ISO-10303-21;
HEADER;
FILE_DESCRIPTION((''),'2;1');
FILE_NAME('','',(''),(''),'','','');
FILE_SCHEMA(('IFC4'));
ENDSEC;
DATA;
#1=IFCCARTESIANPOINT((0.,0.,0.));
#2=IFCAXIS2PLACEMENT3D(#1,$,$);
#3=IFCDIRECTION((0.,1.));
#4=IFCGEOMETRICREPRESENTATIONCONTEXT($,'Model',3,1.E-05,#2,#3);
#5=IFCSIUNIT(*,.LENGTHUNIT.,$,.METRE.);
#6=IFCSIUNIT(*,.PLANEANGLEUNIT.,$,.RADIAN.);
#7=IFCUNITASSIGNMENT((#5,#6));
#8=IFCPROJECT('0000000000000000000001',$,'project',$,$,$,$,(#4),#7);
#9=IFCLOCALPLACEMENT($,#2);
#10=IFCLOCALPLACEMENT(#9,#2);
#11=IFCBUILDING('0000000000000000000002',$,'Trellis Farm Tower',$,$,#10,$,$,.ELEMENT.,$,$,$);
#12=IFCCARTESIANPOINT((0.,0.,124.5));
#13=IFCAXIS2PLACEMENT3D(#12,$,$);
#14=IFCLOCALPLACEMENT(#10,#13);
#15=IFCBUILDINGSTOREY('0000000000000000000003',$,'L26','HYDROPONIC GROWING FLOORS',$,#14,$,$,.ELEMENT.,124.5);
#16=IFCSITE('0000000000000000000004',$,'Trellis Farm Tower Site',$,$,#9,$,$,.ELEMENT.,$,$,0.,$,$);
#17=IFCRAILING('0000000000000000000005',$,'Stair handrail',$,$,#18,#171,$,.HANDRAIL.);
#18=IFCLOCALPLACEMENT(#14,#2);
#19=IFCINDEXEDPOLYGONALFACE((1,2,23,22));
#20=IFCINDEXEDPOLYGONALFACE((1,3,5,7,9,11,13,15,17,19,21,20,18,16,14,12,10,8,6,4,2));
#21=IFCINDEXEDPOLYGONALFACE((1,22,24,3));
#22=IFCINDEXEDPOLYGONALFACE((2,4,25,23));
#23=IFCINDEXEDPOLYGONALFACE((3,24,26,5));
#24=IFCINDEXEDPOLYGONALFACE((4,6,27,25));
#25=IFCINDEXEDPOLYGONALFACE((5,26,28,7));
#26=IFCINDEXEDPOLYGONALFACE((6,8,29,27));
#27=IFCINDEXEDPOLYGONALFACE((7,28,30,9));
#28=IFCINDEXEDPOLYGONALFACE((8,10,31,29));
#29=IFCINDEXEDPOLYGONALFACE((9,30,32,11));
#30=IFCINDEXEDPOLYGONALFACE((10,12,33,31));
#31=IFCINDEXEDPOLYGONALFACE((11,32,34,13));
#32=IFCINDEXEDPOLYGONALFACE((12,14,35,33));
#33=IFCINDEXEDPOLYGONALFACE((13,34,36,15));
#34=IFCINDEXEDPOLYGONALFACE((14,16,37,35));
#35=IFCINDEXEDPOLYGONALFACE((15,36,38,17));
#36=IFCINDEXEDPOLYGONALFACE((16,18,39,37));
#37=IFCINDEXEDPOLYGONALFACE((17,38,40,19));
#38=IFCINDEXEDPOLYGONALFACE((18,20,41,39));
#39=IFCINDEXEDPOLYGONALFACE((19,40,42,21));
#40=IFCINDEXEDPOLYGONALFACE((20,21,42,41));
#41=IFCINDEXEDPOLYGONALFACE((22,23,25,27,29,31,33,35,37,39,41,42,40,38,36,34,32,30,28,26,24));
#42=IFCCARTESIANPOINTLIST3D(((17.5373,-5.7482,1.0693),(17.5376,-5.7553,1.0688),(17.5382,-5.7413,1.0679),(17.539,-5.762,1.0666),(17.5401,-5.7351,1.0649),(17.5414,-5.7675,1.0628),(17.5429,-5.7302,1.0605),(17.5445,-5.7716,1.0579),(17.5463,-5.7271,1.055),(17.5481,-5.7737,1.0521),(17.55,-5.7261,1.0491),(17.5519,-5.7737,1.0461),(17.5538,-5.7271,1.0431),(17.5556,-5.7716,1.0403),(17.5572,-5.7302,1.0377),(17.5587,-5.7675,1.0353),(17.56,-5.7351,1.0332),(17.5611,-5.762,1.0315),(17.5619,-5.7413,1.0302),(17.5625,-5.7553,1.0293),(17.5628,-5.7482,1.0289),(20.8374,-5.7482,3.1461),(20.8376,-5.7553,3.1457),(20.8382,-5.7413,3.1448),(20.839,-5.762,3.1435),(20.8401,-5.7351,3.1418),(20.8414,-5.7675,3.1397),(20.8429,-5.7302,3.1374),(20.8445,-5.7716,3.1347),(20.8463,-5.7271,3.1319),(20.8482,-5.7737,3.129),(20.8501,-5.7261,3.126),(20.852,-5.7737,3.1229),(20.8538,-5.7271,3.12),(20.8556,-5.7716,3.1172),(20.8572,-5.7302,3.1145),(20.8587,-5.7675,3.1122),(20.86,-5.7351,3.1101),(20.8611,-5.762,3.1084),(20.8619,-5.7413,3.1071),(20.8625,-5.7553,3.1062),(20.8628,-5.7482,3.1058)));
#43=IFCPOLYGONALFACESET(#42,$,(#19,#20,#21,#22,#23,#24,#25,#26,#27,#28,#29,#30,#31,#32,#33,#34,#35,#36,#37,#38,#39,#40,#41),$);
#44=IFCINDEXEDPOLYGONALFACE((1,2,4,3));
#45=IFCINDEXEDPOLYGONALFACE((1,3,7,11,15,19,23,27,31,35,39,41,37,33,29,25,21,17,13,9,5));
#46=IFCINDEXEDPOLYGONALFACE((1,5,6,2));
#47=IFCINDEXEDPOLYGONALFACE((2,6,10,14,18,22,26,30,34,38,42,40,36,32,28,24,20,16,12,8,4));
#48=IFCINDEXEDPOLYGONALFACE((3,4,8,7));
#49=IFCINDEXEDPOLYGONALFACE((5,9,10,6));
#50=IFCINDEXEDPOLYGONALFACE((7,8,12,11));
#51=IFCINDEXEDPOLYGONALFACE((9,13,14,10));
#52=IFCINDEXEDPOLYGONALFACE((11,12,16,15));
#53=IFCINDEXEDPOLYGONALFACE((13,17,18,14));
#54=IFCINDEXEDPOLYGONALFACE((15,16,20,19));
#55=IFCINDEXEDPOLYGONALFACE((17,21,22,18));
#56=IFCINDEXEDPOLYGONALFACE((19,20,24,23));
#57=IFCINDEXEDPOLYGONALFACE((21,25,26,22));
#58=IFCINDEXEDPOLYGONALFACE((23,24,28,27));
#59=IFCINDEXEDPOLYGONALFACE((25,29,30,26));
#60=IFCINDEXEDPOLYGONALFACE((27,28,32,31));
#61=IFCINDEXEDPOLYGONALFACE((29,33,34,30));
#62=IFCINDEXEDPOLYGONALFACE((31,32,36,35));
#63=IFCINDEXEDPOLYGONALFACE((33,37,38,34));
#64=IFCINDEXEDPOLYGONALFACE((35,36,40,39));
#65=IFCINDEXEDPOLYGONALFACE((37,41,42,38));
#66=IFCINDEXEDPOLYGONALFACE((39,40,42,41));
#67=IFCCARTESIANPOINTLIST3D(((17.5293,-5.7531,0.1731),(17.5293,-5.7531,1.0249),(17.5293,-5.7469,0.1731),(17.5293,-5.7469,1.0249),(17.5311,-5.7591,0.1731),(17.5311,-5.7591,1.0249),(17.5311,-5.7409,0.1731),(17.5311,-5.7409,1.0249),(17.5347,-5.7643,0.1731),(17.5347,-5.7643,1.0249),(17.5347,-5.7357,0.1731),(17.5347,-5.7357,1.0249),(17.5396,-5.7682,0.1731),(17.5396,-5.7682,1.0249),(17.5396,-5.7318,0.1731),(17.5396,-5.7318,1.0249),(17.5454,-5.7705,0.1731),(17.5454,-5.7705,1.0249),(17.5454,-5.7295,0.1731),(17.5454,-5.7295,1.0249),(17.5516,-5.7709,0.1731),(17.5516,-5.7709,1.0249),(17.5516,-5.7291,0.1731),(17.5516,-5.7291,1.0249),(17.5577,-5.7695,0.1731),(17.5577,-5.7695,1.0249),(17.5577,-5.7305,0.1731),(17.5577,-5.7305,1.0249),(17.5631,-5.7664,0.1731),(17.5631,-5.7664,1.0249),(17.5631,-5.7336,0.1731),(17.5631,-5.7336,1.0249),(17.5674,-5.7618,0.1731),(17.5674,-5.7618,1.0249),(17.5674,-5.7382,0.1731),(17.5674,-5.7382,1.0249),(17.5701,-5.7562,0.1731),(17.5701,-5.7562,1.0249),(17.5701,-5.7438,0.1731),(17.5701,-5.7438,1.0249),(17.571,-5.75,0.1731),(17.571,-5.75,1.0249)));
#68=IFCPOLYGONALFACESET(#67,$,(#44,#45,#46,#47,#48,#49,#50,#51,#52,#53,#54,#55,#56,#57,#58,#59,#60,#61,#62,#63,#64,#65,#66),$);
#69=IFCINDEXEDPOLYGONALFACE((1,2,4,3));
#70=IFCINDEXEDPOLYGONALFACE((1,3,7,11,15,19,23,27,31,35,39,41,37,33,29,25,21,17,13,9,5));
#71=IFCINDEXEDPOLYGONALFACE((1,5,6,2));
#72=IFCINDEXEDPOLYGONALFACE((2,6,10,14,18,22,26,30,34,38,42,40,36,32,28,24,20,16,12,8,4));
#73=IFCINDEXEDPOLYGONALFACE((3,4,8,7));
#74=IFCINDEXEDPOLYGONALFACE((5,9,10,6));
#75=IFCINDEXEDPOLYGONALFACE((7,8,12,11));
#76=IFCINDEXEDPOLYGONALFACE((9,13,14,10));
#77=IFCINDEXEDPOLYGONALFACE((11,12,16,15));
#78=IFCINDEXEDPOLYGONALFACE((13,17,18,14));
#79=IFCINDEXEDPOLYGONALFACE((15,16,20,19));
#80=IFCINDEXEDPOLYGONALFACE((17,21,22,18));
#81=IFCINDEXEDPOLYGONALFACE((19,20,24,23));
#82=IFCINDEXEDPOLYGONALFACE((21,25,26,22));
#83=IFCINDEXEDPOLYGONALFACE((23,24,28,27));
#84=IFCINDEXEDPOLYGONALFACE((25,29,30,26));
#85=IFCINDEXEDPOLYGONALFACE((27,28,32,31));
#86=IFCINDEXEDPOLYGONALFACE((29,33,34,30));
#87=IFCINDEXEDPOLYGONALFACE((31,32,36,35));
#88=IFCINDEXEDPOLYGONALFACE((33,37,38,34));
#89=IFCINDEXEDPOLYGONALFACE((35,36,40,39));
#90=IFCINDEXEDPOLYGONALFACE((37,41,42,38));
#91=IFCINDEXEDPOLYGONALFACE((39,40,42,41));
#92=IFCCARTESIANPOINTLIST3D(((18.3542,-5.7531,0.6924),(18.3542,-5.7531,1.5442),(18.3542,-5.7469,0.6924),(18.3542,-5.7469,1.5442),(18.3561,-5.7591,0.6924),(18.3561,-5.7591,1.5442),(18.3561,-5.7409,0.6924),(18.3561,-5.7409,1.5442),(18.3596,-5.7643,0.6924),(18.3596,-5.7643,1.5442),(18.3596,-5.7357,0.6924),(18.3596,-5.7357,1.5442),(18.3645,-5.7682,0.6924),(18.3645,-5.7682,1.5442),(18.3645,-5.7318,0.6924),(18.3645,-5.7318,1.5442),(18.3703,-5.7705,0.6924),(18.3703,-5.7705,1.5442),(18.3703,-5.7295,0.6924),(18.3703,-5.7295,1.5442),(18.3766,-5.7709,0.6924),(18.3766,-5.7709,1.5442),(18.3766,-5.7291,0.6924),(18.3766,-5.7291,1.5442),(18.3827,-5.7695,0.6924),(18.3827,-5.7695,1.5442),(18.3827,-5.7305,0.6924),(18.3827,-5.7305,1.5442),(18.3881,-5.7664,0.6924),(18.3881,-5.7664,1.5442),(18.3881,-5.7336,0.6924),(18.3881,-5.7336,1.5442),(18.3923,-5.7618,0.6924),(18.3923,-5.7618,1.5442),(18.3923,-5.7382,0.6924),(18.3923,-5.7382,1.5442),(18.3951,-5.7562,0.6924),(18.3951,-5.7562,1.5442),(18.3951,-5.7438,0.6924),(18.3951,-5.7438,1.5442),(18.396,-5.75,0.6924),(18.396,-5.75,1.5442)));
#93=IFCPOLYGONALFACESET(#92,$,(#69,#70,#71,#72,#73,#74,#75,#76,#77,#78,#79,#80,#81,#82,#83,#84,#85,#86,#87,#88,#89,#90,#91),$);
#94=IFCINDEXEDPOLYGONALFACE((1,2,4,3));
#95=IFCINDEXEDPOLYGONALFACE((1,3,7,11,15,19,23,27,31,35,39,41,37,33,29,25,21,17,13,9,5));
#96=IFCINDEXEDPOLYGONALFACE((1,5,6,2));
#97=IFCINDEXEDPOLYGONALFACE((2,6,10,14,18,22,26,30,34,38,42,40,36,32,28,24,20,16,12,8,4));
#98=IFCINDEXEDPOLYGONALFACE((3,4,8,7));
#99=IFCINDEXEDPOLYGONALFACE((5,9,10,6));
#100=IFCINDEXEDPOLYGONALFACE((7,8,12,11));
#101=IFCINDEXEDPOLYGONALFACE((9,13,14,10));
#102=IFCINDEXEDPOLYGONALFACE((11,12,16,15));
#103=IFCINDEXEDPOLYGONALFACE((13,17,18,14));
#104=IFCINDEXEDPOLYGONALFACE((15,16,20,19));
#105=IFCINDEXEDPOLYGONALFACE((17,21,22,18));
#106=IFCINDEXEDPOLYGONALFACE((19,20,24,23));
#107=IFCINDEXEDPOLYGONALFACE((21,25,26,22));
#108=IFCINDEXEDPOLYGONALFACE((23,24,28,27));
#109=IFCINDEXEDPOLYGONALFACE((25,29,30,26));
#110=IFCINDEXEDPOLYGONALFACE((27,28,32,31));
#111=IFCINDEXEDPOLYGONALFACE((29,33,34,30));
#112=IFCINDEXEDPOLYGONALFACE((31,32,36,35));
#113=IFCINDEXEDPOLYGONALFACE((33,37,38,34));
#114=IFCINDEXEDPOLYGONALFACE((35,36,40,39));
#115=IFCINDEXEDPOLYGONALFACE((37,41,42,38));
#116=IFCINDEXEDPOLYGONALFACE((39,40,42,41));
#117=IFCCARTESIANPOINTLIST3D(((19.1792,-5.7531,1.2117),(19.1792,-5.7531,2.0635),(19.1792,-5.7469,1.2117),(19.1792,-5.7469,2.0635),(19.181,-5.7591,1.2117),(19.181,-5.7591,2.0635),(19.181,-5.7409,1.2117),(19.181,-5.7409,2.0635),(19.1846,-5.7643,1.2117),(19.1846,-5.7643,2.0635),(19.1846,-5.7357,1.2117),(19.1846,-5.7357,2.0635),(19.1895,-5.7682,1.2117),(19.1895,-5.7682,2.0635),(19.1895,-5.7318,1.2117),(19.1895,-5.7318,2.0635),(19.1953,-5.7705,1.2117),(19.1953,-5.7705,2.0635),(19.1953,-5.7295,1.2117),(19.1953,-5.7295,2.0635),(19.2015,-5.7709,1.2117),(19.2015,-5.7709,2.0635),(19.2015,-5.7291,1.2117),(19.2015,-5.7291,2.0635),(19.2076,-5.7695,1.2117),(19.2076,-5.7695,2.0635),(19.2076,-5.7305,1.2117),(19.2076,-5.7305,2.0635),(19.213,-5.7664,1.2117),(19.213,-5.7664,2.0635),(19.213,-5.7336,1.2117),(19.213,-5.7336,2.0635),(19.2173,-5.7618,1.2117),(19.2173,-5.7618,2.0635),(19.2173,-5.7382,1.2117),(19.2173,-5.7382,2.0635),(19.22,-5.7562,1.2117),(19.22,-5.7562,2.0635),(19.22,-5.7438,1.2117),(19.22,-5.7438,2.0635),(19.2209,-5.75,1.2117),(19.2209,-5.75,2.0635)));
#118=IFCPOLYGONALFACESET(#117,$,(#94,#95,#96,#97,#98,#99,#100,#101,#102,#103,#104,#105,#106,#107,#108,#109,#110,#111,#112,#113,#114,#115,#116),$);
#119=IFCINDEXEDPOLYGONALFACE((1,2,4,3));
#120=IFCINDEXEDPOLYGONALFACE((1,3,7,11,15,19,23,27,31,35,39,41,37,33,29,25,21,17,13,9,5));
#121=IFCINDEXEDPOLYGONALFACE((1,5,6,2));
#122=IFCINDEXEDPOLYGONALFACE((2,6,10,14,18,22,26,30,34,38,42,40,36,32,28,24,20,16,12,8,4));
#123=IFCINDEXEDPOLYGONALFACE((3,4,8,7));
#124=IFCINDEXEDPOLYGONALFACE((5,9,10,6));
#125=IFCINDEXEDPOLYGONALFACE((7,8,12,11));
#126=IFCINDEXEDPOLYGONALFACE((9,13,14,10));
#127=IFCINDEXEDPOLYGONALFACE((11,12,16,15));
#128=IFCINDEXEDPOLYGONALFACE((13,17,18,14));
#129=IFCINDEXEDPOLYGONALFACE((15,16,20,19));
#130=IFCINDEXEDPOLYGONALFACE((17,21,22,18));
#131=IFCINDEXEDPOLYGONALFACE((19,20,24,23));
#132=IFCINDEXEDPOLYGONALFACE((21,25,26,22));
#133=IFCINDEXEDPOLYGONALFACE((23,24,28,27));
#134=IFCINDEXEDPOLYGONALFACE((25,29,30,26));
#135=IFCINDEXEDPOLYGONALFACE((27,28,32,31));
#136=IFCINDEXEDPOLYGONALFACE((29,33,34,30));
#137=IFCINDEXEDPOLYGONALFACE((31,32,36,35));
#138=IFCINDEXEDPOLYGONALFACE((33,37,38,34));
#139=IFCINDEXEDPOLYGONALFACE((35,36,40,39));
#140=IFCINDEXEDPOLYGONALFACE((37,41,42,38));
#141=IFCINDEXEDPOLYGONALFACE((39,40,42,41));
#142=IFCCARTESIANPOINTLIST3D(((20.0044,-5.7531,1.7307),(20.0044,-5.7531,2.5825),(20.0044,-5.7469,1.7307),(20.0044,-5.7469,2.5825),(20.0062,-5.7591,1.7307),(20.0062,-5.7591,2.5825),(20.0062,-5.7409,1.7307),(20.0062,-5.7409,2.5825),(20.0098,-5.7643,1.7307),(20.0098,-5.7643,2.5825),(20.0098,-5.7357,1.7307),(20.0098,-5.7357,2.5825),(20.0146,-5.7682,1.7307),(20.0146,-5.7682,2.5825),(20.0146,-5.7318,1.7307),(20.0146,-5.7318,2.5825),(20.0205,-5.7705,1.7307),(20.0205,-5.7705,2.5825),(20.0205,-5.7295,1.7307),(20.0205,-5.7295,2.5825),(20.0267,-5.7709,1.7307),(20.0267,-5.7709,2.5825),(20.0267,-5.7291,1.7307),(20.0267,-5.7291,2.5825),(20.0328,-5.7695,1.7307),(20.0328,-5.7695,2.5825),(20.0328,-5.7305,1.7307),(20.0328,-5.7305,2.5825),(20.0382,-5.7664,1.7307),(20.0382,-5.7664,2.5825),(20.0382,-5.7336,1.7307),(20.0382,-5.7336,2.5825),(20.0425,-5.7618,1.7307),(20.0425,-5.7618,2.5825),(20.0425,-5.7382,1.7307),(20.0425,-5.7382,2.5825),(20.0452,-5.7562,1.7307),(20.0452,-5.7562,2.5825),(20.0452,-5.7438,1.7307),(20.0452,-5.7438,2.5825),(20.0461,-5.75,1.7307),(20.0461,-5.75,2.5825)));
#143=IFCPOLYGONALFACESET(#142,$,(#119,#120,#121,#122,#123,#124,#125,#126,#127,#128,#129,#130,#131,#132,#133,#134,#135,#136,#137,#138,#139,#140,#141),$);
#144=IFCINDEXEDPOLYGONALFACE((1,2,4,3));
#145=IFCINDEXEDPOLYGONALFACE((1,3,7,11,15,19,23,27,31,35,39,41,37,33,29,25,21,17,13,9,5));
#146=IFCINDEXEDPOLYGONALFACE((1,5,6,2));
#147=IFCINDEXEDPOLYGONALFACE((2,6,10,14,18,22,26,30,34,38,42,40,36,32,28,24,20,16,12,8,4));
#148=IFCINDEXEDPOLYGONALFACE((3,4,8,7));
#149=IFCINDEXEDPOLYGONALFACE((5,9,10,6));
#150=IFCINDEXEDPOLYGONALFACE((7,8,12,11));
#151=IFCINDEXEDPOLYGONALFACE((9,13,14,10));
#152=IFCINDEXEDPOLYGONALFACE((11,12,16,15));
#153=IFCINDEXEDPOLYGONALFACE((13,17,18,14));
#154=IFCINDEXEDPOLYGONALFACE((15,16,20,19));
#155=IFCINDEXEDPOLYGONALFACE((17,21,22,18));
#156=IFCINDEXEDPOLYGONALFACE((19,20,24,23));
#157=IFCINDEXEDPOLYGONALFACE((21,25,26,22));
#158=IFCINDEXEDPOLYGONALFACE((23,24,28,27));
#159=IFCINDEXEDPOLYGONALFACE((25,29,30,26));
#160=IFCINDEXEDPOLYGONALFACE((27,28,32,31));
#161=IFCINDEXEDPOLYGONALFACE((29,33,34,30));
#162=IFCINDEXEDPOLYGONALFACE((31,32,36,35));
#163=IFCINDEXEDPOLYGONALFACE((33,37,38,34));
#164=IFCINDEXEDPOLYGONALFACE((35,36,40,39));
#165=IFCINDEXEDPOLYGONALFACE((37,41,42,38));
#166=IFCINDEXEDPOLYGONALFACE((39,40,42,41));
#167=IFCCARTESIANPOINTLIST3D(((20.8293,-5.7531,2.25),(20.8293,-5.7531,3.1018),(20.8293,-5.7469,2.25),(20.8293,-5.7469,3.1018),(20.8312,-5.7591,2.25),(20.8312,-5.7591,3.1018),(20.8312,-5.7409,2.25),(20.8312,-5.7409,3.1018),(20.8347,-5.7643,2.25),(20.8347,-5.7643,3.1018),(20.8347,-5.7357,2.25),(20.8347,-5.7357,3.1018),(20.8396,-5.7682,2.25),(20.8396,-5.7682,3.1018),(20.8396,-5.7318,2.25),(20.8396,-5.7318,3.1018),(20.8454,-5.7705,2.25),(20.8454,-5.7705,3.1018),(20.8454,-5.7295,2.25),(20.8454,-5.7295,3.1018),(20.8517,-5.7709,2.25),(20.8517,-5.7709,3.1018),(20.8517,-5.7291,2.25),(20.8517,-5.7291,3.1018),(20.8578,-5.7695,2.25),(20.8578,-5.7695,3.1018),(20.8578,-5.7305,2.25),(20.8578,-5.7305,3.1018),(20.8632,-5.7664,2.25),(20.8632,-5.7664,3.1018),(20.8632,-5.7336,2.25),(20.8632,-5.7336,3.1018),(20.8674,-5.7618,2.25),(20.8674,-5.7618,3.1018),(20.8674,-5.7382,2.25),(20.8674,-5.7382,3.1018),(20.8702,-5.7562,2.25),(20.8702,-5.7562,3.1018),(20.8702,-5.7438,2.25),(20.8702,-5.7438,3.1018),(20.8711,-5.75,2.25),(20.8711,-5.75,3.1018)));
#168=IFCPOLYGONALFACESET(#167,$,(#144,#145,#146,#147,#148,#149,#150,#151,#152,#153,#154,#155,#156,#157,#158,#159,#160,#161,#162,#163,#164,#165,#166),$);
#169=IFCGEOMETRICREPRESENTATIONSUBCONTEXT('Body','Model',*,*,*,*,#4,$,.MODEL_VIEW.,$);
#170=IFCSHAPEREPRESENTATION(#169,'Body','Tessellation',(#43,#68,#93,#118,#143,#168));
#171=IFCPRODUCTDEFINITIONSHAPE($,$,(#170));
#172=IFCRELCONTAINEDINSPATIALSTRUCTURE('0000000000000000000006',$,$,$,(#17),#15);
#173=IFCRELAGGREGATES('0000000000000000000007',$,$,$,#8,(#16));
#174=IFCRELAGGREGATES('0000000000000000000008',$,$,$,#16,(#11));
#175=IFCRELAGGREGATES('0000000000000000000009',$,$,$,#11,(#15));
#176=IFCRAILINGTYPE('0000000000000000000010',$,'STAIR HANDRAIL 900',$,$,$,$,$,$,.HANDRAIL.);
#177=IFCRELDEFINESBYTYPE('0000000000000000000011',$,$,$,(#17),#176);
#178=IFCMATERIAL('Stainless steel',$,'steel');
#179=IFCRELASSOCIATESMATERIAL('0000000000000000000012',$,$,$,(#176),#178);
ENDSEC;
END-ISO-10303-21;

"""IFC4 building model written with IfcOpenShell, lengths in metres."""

from ifc_helpers import new_model, si_unit, direction, frame, origin, origin_2d, place, context, subcontext, project, spatial, circle, extrude, source, transform, mapped, material, type_object, element, save


model = new_model("IFC4")

# Units and contexts
model_context = context("Model", 3, precision=1e-05, world=origin(), true_north=direction((0.0, 1.0)))
body_context = subcontext(model_context, "Body", "Model", "MODEL_VIEW")
ifc_project = project(units=[si_unit("LENGTHUNIT", "METRE"), si_unit("PLANEANGLEUNIT", "RADIAN")], contexts=[model_context])

# Site, building, storey
site_placement = place(None, origin())
site = spatial("IfcSite", under=ifc_project, at=site_placement, Name="Trellis Farm Tower Site", CompositionType="ELEMENT", RefElevation=0.0)
building_placement = place(site_placement, origin())
building = spatial("IfcBuilding", under=site, at=building_placement, Name="Trellis Farm Tower", CompositionType="ELEMENT")
storey_placement = place(building_placement, frame((0.0, 0.0, 124.5)))
storey = spatial("IfcBuildingStorey", under=building, at=storey_placement, Name="L26", Description="HYDROPONIC GROWING FLOORS", CompositionType="ELEMENT", Elevation=124.5)

# Shared definitions
ifc_material_1 = material(Name="Stainless steel", Category="steel")

# Railing
railing_type = type_object("IfcRailingType", Name="STAIR HANDRAIL 900", PredefinedType="HANDRAIL", material=ifc_material_1)
shared_shape_1 = source(origin(), body_context, "Body", "SweptSolid", [
    extrude(circle(Radius=0.0239, at=origin_2d()), frame((0.0, 0.0, 0.876), z_axis=(0.846337, 0.0, 0.532647), x_axis=(0.0, 1.0, 0.0)), (0.0, 0.0, 1.0), 3.8992),
    extrude(circle(Radius=0.021, at=origin_2d()), origin(), (0.0, 0.0, 1.0), 0.8518),
    extrude(circle(Radius=0.021, at=origin_2d()), frame((0.825, 0.0, 0.5193)), (0.0, 0.0, 1.0), 0.8518),
    extrude(circle(Radius=0.021, at=origin_2d()), frame((1.6499, 0.0, 1.0386)), (0.0, 0.0, 1.0), 0.8518),
    extrude(circle(Radius=0.021, at=origin_2d()), frame((2.4751, 0.0, 1.5576)), (0.0, 0.0, 1.0), 0.8518),
    extrude(circle(Radius=0.021, at=origin_2d()), frame((3.3, 0.0, 2.0769)), (0.0, 0.0, 1.0), 0.8518),
])
for number, where, name in (
    (1, (17.55, -5.75, 0.1731), "Stair handrail"),
):
    element("IfcRailing", number, at=place(storey_placement, frame(where)), inside=storey, type_object=railing_type, Name=name, PredefinedType="HANDRAIL", context=body_context, shape_type="MappedRepresentation", body=[
        mapped(shared_shape_1, transform((0.0, 0.0, 0.0))),
    ])

save(model, "model.ifc")
